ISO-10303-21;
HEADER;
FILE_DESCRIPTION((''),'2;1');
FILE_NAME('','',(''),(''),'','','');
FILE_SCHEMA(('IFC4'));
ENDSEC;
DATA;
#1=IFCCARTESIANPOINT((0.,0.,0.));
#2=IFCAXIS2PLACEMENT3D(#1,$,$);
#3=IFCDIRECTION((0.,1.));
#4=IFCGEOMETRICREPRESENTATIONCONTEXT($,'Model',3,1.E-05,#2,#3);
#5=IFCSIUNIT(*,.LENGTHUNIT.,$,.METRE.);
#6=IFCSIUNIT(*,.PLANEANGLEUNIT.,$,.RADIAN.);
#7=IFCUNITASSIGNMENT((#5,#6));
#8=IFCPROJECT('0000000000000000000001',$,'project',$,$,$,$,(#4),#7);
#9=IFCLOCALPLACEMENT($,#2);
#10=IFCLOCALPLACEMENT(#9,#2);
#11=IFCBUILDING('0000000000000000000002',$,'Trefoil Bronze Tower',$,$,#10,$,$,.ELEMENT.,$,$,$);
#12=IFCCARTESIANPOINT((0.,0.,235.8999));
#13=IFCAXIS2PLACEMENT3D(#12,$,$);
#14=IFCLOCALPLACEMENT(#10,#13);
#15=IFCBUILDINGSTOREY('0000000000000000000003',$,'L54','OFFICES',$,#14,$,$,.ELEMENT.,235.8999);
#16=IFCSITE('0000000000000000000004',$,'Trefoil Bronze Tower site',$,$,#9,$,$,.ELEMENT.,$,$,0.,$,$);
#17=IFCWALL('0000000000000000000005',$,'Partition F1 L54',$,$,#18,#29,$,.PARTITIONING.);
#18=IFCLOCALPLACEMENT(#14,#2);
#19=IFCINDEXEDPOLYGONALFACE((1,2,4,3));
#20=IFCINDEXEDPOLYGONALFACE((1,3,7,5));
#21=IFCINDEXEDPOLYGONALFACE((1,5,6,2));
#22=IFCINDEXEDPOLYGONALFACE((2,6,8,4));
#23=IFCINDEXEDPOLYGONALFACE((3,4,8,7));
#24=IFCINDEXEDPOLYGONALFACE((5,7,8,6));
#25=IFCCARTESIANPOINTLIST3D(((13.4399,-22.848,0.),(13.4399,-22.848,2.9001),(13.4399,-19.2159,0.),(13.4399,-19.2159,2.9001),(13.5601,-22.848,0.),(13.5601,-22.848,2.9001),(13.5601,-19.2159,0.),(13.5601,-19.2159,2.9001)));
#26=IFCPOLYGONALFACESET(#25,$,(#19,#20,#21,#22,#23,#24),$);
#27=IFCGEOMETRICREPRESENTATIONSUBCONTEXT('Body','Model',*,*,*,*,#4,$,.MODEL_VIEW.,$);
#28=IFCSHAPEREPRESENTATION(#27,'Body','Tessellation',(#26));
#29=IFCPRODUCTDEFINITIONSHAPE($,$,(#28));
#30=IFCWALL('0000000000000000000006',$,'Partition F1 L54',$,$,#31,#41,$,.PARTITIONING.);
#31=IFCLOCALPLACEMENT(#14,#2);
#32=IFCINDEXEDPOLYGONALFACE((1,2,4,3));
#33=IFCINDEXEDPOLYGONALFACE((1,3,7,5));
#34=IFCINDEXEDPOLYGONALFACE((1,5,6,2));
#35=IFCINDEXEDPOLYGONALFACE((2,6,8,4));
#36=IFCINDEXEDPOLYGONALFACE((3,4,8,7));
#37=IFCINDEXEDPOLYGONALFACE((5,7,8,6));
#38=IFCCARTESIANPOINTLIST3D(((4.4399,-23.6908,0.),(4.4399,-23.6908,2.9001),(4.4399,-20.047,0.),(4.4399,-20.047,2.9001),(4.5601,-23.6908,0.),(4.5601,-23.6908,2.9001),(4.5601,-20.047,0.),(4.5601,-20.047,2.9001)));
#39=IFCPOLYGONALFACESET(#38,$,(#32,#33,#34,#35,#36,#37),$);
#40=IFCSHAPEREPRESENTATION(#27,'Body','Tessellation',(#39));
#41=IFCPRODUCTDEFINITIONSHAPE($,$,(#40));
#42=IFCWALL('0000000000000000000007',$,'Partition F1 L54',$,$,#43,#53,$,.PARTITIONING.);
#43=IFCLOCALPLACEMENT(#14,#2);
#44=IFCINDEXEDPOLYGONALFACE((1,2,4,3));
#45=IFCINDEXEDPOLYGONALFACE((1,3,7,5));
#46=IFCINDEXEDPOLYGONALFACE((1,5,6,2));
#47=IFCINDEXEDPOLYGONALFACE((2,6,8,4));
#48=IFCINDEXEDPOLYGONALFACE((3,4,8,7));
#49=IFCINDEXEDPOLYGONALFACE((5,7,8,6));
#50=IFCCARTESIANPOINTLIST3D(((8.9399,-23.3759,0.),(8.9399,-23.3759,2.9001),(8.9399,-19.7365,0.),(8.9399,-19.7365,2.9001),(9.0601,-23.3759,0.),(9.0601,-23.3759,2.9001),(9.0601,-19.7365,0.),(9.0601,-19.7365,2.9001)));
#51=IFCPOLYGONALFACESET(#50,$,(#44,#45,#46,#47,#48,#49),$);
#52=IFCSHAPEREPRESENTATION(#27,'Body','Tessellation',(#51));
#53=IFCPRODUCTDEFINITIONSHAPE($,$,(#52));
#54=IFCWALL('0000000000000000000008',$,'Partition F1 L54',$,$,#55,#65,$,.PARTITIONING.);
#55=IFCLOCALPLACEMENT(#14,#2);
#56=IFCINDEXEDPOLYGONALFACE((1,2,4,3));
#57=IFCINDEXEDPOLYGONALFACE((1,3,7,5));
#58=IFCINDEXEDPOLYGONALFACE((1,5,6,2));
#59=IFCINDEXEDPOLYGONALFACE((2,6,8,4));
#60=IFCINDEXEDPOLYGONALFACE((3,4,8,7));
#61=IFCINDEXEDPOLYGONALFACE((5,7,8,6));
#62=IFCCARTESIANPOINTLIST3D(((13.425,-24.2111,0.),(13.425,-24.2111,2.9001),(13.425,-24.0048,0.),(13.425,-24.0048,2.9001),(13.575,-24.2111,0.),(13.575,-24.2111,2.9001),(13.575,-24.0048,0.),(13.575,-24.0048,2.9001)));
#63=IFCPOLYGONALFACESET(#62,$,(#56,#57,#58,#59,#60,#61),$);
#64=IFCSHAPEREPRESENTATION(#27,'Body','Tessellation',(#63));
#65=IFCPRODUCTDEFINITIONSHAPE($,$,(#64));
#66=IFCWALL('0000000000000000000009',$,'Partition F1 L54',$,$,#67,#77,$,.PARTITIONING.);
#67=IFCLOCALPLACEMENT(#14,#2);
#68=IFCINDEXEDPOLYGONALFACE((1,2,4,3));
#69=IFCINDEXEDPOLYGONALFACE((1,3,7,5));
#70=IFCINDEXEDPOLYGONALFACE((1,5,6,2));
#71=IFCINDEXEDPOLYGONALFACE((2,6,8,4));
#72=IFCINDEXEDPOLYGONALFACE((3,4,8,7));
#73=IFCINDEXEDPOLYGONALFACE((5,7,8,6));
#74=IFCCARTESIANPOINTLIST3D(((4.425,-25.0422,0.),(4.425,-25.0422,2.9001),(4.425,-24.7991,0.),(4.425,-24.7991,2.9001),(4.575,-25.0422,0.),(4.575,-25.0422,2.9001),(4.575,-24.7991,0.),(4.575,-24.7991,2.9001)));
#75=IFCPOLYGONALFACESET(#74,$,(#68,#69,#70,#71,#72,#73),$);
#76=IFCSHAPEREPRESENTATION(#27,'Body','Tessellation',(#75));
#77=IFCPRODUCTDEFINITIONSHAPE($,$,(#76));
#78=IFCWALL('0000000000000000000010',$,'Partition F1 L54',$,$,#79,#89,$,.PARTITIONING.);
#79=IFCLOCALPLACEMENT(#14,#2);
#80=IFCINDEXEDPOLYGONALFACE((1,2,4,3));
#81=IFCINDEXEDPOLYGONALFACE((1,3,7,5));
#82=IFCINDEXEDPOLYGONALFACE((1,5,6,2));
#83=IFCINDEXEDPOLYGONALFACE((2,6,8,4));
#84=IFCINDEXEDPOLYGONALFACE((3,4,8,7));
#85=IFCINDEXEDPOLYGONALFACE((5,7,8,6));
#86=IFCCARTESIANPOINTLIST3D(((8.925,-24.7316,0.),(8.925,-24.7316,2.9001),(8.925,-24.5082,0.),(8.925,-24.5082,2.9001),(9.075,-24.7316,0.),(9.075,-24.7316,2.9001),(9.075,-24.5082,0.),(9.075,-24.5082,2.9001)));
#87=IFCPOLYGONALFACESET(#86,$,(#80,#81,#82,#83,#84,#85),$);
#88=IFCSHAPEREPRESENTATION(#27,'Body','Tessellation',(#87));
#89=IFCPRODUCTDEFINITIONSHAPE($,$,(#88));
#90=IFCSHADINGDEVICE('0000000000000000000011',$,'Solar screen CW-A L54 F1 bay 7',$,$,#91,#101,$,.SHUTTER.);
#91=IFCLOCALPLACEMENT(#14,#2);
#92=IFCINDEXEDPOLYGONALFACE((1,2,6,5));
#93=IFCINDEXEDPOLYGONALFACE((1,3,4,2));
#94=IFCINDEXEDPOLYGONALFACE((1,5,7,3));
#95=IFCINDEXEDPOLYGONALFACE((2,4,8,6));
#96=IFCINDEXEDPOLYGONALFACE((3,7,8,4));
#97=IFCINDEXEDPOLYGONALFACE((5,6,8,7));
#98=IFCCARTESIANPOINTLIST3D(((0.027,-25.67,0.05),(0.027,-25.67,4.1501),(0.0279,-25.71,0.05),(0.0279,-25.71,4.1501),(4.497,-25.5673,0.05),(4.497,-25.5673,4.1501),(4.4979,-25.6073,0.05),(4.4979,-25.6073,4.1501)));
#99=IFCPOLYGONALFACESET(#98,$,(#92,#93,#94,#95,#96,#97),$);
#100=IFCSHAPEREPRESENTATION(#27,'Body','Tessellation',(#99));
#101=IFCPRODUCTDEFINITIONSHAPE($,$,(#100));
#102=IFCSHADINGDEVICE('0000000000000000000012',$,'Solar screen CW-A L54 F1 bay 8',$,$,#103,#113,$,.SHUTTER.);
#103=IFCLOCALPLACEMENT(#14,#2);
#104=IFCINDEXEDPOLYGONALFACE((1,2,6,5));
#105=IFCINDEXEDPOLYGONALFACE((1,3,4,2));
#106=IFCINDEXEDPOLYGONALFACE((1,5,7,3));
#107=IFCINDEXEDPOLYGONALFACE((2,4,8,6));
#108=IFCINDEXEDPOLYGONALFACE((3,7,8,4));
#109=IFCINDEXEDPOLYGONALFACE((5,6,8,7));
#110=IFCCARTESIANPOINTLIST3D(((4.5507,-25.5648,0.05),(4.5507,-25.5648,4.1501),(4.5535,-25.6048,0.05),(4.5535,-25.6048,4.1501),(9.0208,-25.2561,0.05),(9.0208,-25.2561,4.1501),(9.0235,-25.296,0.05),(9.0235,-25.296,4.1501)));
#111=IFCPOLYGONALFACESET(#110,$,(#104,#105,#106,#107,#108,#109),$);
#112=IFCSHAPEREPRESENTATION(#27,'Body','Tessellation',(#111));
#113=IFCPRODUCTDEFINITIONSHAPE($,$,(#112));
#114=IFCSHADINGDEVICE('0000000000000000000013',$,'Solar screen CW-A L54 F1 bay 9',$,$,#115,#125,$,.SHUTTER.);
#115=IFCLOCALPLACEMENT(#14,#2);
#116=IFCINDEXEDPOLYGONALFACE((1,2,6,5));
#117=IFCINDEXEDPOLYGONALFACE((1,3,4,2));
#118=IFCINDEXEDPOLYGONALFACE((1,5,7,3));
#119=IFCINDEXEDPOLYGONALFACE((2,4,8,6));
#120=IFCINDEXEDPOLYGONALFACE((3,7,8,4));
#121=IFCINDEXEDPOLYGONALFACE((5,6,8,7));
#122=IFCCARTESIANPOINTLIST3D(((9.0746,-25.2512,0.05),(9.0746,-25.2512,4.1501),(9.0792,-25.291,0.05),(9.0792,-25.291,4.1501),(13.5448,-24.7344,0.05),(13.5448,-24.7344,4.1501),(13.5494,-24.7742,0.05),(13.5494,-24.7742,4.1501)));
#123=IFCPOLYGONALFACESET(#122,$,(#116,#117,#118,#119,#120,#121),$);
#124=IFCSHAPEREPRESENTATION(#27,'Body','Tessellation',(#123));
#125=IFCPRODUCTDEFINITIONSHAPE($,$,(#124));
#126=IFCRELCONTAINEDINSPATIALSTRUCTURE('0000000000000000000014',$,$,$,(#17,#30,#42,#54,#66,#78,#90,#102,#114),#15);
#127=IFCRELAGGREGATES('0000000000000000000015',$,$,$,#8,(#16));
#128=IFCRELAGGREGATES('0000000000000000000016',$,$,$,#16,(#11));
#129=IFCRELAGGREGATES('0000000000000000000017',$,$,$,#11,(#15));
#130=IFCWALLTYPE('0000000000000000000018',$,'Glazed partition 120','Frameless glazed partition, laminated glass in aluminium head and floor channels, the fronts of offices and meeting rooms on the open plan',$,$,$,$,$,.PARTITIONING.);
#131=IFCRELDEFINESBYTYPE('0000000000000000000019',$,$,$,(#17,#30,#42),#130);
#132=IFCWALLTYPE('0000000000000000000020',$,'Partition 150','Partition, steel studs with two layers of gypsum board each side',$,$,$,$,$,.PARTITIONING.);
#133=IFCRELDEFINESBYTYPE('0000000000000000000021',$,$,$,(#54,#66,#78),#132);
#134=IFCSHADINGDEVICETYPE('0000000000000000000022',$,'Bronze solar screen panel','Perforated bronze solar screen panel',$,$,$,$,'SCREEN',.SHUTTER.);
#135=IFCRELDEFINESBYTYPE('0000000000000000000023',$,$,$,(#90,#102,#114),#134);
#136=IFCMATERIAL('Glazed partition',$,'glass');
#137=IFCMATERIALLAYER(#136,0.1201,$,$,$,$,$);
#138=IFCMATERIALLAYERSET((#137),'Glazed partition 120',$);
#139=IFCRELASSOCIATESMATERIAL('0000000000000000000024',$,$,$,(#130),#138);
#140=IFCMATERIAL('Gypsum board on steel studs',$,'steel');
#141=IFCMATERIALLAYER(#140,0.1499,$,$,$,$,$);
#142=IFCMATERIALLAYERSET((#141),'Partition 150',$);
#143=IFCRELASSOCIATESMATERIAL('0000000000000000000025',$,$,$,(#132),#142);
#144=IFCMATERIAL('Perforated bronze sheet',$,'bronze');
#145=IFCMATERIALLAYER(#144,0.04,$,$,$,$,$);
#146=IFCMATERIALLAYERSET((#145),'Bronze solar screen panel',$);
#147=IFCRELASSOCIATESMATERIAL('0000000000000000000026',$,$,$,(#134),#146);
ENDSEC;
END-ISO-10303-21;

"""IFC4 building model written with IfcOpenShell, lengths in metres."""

from ifc_helpers import new_model, si_unit, direction, frame, frame_2d, origin, origin_2d, place, context, subcontext, project, spatial, rectangle, extrude, material, layer, layer_set, type_object, element, save


model = new_model("IFC4")

# Units and contexts
model_context = context("Model", 3, precision=1e-05, world=origin(), true_north=direction((0.0, 1.0)))
body_context = subcontext(model_context, "Body", "Model", "MODEL_VIEW")
ifc_project = project(units=[si_unit("LENGTHUNIT", "METRE"), si_unit("PLANEANGLEUNIT", "RADIAN")], contexts=[model_context])

# Site, building, storey
site_placement = place(None, origin())
site = spatial("IfcSite", under=ifc_project, at=site_placement, Name="Trefoil Bronze Tower site", CompositionType="ELEMENT", RefElevation=0.0)
building_placement = place(site_placement, origin())
building = spatial("IfcBuilding", under=site, at=building_placement, Name="Trefoil Bronze Tower", CompositionType="ELEMENT")
storey_placement = place(building_placement, frame((0.0, 0.0, 235.8999)))
storey = spatial("IfcBuildingStorey", under=building, at=storey_placement, Name="L54", Description="OFFICES", CompositionType="ELEMENT", Elevation=235.8999)

# Shared definitions
ifc_material_1 = material(Name="Glazed partition", Category="glass")
ifc_layer_1 = layer(ifc_material_1, 0.1201)
ifc_layer_set_1 = layer_set([ifc_layer_1], Name="Glazed partition 120")
wall_type_1 = type_object("IfcWallType", Name="Glazed partition 120", Description="Frameless glazed partition, laminated glass in aluminium head and floor channels, the fronts of offices and meeting rooms on the open plan", PredefinedType="PARTITIONING", material=ifc_layer_set_1)

# Walls
wall_1_placement = place(storey_placement, frame((13.5, -19.2161, 0.0), z_axis=(0.0, 0.0, 1.0), x_axis=(0.0, -1.0, 0.0)))
element("IfcWall", 1, at=wall_1_placement, inside=storey, type_object=wall_type_1, Name="Partition F1 L54", PredefinedType="PARTITIONING", context=body_context, shape_type="SweptSolid", body=[
    extrude(rectangle(XDim=3.6321, YDim=0.1201, at=frame_2d((1.8159, 0.0))), origin(), (0.0, 0.0, 1.0), 2.9001),
])
wall_2_placement = place(storey_placement, frame((4.5, -20.0471, 0.0), z_axis=(0.0, 0.0, 1.0), x_axis=(0.0, -1.0, 0.0)))
element("IfcWall", 2, at=wall_2_placement, inside=storey, type_object=wall_type_1, Name="Partition F1 L54", PredefinedType="PARTITIONING", context=body_context, shape_type="SweptSolid", body=[
    extrude(rectangle(XDim=3.6438, YDim=0.1201, at=frame_2d((1.8218, 0.0))), origin(), (0.0, 0.0, 1.0), 2.9001),
])
wall_3_placement = place(storey_placement, frame((9.0, -19.7363, 0.0), z_axis=(0.0, 0.0, 1.0), x_axis=(0.0, -1.0, 0.0)))
element("IfcWall", 3, at=wall_3_placement, inside=storey, type_object=wall_type_1, Name="Partition F1 L54", PredefinedType="PARTITIONING", context=body_context, shape_type="SweptSolid", body=[
    extrude(rectangle(XDim=3.6394, YDim=0.1201, at=frame_2d((1.8198, 0.0))), origin(), (0.0, 0.0, 1.0), 2.9001),
])
ifc_material_2 = material(Name="Gypsum board on steel studs", Category="steel")
ifc_layer_2 = layer(ifc_material_2, 0.1499)
ifc_layer_set_2 = layer_set([ifc_layer_2], Name="Partition 150")
wall_type_2 = type_object("IfcWallType", Name="Partition 150", Description="Partition, steel studs with two layers of gypsum board each side", PredefinedType="PARTITIONING", material=ifc_layer_set_2)
wall_4_placement = place(storey_placement, frame((13.5, -24.0049, 0.0), z_axis=(0.0, 0.0, 1.0), x_axis=(0.0, -1.0, 0.0)))
element("IfcWall", 4, at=wall_4_placement, inside=storey, type_object=wall_type_2, Name="Partition F1 L54", PredefinedType="PARTITIONING", context=body_context, shape_type="SweptSolid", body=[
    extrude(rectangle(XDim=0.2063, YDim=0.1499, at=frame_2d((0.103, 0.0))), origin(), (0.0, 0.0, 1.0), 2.9001),
])
wall_5_placement = place(storey_placement, frame((4.5, -24.7991, 0.0), z_axis=(0.0, 0.0, 1.0), x_axis=(0.0, -1.0, 0.0)))
element("IfcWall", 5, at=wall_5_placement, inside=storey, type_object=wall_type_2, Name="Partition F1 L54", PredefinedType="PARTITIONING", context=body_context, shape_type="SweptSolid", body=[
    extrude(rectangle(XDim=0.2432, YDim=0.1499, at=frame_2d((0.1216, 0.0))), origin(), (0.0, 0.0, 1.0), 2.9001),
])
wall_6_placement = place(storey_placement, frame((9.0, -24.5081, 0.0), z_axis=(0.0, 0.0, 1.0), x_axis=(0.0, -1.0, 0.0)))
element("IfcWall", 6, at=wall_6_placement, inside=storey, type_object=wall_type_2, Name="Partition F1 L54", PredefinedType="PARTITIONING", context=body_context, shape_type="SweptSolid", body=[
    extrude(rectangle(XDim=0.2234, YDim=0.1499, at=frame_2d((0.1118, 0.0))), origin(), (0.0, 0.0, 1.0), 2.9001),
])

# Shading devices
ifc_material_3 = material(Name="Perforated bronze sheet", Category="bronze")
ifc_layer_3 = layer(ifc_material_3, 0.04)
ifc_layer_set_3 = layer_set([ifc_layer_3], Name="Bronze solar screen panel")
shading_device_type = type_object("IfcShadingDeviceType", Name="Bronze solar screen panel", Description="Perforated bronze solar screen panel", ElementType="SCREEN", PredefinedType="SHUTTER", material=ifc_layer_set_3)
shading_device_1_placement = place(storey_placement, frame((2.2625, -25.6387, 0.05), z_axis=(0.0, 0.0, 1.0), x_axis=(0.999736, 0.022972, 0.0)))
element("IfcShadingDevice", 7, at=shading_device_1_placement, inside=storey, type_object=shading_device_type, Name="Solar screen CW-A L54 F1 bay 7", PredefinedType="SHUTTER", context=body_context, shape_type="SweptSolid", body=[
    extrude(rectangle(XDim=4.4712, YDim=0.04, at=origin_2d()), origin(), (0.0, 0.0, 1.0), 4.1001),
])
shading_device_2_placement = place(storey_placement, frame((6.7871, -25.4304, 0.05), z_axis=(0.0, 0.0, 1.0), x_axis=(0.997623, 0.068915, 0.0)))
element("IfcShadingDevice", 8, at=shading_device_2_placement, inside=storey, type_object=shading_device_type, Name="Solar screen CW-A L54 F1 bay 8", PredefinedType="SHUTTER", context=body_context, shape_type="SweptSolid", body=[
    extrude(rectangle(XDim=4.4807, YDim=0.04, at=origin_2d()), origin(), (0.0, 0.0, 1.0), 4.1001),
])
shading_device_3_placement = place(storey_placement, frame((11.312, -25.0127, 0.05), z_axis=(0.0, 0.0, 1.0), x_axis=(0.993382, 0.114859, 0.0)))
element("IfcShadingDevice", 9, at=shading_device_3_placement, inside=storey, type_object=shading_device_type, Name="Solar screen CW-A L54 F1 bay 9", PredefinedType="SHUTTER", context=body_context, shape_type="SweptSolid", body=[
    extrude(rectangle(XDim=4.5, YDim=0.04, at=origin_2d()), origin(), (0.0, 0.0, 1.0), 4.1001),
])

save(model, "model.ifc")
